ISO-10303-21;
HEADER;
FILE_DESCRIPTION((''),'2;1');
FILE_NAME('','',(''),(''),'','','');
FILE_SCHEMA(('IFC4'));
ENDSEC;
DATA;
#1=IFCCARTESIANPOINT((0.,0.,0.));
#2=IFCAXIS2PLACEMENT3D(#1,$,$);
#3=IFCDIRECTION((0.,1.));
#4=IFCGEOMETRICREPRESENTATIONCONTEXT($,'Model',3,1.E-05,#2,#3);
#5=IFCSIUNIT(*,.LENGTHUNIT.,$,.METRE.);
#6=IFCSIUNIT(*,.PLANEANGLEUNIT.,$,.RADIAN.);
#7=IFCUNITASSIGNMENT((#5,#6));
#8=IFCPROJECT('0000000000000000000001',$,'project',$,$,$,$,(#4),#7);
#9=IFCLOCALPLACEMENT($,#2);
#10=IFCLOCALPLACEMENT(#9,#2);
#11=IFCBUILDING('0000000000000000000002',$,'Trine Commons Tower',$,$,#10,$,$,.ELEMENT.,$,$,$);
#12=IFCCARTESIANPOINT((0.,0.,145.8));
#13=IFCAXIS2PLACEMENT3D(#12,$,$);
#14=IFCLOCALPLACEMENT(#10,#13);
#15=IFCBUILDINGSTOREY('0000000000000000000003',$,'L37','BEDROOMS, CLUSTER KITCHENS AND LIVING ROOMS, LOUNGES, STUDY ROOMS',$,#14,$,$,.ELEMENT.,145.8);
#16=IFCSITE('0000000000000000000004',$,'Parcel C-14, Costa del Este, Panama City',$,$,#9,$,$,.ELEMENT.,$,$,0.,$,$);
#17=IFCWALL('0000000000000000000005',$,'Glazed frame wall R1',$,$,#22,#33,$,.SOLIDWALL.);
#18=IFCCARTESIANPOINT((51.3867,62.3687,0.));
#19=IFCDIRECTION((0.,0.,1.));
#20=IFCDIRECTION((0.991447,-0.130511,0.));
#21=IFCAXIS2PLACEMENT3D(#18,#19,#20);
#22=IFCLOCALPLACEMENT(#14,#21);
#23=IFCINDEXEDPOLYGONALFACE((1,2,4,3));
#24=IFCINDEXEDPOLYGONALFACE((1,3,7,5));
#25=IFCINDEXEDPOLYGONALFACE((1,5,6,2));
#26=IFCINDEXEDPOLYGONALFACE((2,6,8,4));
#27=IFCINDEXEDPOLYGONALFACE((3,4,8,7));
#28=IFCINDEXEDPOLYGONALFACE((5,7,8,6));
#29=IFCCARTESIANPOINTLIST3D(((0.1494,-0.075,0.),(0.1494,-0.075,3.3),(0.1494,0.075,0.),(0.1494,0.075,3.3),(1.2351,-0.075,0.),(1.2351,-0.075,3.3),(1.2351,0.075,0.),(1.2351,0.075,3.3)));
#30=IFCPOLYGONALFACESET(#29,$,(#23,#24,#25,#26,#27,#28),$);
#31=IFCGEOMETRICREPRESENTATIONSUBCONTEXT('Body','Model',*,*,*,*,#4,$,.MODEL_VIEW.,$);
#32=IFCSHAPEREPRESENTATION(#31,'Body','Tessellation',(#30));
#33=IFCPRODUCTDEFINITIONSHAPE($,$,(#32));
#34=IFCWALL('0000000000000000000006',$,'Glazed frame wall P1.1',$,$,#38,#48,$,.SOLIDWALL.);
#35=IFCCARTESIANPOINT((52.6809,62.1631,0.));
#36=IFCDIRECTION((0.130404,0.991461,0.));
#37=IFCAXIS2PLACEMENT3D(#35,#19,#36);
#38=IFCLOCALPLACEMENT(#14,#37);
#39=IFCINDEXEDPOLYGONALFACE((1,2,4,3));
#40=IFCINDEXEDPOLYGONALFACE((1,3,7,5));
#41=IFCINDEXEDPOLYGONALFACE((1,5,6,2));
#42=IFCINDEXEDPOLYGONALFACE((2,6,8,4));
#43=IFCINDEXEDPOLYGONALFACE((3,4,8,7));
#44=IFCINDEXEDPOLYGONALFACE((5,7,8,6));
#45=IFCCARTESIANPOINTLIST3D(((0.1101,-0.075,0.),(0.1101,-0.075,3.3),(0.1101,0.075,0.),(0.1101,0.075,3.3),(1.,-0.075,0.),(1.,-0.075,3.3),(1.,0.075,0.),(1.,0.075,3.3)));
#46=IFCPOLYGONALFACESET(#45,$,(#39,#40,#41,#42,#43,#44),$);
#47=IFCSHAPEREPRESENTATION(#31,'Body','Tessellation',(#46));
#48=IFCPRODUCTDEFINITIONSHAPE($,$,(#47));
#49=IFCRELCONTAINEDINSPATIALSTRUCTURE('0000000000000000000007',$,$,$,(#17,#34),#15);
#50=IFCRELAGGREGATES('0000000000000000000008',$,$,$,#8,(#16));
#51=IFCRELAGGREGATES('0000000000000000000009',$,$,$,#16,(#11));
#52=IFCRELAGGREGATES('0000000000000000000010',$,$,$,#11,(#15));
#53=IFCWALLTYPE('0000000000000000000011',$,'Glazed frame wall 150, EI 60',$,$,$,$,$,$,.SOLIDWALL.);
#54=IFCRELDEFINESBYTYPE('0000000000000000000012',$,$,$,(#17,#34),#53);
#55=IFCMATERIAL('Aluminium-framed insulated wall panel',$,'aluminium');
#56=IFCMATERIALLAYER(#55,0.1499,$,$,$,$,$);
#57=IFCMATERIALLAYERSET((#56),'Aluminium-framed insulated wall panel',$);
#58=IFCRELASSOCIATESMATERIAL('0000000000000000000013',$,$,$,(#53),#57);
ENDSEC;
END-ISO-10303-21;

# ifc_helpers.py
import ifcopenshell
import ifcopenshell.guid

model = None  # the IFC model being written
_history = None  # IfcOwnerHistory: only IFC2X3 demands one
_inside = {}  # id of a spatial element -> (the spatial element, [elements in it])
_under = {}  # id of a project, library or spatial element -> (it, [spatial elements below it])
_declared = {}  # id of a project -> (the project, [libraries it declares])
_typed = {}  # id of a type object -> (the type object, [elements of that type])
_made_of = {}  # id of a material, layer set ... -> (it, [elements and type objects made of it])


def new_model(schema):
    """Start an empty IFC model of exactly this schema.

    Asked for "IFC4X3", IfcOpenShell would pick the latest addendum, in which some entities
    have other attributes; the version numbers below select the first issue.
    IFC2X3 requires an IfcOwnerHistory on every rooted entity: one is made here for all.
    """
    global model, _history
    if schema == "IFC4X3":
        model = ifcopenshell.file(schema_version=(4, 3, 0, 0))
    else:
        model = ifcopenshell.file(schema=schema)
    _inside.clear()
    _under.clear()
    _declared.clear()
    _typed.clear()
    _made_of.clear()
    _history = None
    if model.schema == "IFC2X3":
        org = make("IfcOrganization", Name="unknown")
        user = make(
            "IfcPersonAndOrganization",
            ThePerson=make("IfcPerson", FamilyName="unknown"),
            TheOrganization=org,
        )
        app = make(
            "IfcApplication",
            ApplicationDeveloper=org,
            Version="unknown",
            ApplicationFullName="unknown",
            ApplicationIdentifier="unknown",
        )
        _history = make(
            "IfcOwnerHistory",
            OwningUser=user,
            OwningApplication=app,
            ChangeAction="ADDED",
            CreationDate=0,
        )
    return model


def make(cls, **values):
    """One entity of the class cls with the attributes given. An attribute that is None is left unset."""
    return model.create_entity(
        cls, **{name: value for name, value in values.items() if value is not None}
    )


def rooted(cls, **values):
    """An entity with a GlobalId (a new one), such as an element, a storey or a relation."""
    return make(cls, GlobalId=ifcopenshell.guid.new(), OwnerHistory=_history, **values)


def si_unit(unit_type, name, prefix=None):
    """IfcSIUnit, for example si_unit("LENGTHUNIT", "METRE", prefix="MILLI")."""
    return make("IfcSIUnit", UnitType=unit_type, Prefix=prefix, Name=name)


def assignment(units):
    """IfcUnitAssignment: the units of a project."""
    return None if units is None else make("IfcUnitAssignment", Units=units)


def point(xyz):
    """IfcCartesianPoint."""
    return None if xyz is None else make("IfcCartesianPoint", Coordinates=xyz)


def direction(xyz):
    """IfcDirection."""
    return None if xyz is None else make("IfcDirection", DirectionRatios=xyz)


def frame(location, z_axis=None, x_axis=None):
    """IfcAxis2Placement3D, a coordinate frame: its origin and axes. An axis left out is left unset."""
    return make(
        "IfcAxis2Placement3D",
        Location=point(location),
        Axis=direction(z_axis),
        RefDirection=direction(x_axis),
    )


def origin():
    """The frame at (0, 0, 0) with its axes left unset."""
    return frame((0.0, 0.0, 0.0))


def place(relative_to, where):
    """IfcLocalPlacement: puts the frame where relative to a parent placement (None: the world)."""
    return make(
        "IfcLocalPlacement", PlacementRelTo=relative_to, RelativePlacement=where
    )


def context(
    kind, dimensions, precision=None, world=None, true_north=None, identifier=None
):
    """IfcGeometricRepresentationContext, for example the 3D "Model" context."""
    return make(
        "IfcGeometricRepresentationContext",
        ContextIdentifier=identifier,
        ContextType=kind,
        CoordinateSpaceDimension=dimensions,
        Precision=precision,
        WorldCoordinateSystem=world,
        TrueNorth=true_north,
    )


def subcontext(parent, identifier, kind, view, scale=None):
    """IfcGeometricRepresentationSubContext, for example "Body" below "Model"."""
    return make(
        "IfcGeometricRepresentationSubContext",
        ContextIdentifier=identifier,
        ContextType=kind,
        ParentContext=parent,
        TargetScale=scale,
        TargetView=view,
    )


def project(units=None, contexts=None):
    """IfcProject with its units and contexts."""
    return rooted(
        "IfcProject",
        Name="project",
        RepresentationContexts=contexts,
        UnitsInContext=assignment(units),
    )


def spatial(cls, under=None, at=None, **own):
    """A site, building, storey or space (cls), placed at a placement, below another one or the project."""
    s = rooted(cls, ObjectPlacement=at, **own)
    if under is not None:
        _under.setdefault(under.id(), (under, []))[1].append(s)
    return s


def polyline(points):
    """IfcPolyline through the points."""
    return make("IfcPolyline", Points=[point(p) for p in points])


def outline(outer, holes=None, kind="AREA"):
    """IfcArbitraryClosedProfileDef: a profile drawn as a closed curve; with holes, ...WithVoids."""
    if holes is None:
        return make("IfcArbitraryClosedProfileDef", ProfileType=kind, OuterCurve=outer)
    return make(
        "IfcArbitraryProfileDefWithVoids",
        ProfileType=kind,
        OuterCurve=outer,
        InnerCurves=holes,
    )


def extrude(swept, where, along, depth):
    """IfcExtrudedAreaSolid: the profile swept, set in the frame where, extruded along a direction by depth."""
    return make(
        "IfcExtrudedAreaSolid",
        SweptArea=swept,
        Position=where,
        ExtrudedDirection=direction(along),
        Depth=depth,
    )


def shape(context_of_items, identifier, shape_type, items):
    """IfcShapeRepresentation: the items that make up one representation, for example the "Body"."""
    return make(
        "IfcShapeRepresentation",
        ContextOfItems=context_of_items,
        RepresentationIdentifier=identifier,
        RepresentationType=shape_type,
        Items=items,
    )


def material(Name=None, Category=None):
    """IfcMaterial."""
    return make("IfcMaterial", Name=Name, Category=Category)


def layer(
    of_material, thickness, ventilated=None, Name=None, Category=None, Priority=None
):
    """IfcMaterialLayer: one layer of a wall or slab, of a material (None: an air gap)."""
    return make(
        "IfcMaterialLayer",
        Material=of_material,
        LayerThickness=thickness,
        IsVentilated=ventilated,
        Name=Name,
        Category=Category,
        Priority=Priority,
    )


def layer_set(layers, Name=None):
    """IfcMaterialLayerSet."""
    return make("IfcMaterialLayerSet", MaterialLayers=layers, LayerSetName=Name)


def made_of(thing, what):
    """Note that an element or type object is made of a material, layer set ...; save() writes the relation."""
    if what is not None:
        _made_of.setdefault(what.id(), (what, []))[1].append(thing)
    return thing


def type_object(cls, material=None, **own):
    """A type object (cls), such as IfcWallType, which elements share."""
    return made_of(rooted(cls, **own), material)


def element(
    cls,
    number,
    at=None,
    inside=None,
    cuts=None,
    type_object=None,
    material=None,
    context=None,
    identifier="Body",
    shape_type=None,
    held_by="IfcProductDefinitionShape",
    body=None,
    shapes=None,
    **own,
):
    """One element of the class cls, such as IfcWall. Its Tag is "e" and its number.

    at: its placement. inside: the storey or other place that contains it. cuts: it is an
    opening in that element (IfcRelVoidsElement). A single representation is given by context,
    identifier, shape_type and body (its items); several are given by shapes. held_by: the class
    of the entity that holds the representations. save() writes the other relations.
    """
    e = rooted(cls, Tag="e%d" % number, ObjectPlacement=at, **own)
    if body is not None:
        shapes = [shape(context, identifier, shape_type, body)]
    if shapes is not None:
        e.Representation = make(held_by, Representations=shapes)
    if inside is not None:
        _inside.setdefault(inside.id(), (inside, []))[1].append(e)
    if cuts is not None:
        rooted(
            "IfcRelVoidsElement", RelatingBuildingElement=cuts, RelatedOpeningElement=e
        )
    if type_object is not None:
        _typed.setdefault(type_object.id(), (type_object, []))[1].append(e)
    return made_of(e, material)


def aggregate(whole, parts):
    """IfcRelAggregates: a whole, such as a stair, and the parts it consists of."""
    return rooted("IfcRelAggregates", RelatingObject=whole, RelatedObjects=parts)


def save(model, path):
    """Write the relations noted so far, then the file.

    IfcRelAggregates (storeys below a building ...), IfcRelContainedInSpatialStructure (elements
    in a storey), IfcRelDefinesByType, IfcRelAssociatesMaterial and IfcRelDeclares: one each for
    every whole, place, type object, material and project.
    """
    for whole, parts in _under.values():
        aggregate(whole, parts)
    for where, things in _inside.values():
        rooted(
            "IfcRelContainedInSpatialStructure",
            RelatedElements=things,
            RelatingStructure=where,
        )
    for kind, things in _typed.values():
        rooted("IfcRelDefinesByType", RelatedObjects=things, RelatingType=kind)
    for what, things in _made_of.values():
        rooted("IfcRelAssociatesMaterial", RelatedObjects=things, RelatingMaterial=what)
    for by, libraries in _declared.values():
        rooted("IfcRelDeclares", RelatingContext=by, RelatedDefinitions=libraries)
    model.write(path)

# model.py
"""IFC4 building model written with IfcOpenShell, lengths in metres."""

from ifc_helpers import new_model, si_unit, direction, frame, origin, place, context, subcontext, project, spatial, polyline, outline, extrude, material, layer, layer_set, type_object, element, save


model = new_model("IFC4")

# Units and contexts
model_context = context("Model", 3, precision=1e-05, world=origin(), true_north=direction((0.0, 1.0)))
body_context = subcontext(model_context, "Body", "Model", "MODEL_VIEW")
ifc_project = project(units=[si_unit("LENGTHUNIT", "METRE"), si_unit("PLANEANGLEUNIT", "RADIAN")], contexts=[model_context])

# Site, building, storey
site_placement = place(None, origin())
site = spatial("IfcSite", under=ifc_project, at=site_placement, Name="Parcel C-14, Costa del Este, Panama City", CompositionType="ELEMENT", RefElevation=0.0)
building_placement = place(site_placement, origin())
building = spatial("IfcBuilding", under=site, at=building_placement, Name="Trine Commons Tower", CompositionType="ELEMENT")
storey_placement = place(building_placement, frame((0.0, 0.0, 145.8)))
storey = spatial("IfcBuildingStorey", under=building, at=storey_placement, Name="L37", Description="BEDROOMS, CLUSTER KITCHENS AND LIVING ROOMS, LOUNGES, STUDY ROOMS", CompositionType="ELEMENT", Elevation=145.8)

# Walls
ifc_material_1 = material(Name="Aluminium-framed insulated wall panel", Category="aluminium")
ifc_layer_1 = layer(ifc_material_1, 0.1499)
ifc_layer_set_1 = layer_set([ifc_layer_1], Name="Aluminium-framed insulated wall panel")
wall_type_1 = type_object("IfcWallType", Name="Glazed frame wall 150, EI 60", PredefinedType="SOLIDWALL", material=ifc_layer_set_1)
wall_1_placement = place(storey_placement, frame((51.3867, 62.3687, 0.0), z_axis=(0.0, 0.0, 1.0), x_axis=(0.991447, -0.130511, 0.0)))
element("IfcWall", 1, at=wall_1_placement, inside=storey, type_object=wall_type_1, Name="Glazed frame wall R1", PredefinedType="SOLIDWALL", context=body_context, shape_type="SweptSolid", body=[
    extrude(outline(polyline([(0.1494, 0.075), (0.1494, -0.075), (1.2351, -0.075), (1.2351, 0.075), (0.1494, 0.075)])), origin(), (0.0, 0.0, 1.0), 3.3),
])
wall_2_placement = place(storey_placement, frame((52.6809, 62.1631, 0.0), z_axis=(0.0, 0.0, 1.0), x_axis=(0.130404, 0.991461, 0.0)))
element("IfcWall", 2, at=wall_2_placement, inside=storey, type_object=wall_type_1, Name="Glazed frame wall P1.1", PredefinedType="SOLIDWALL", context=body_context, shape_type="SweptSolid", body=[
    extrude(outline(polyline([(0.1101, -0.075), (1.0, -0.075), (1.0, 0.075), (0.1101, 0.075), (0.1101, -0.075)])), origin(), (0.0, 0.0, 1.0), 3.3),
])

save(model, "model.ifc")
